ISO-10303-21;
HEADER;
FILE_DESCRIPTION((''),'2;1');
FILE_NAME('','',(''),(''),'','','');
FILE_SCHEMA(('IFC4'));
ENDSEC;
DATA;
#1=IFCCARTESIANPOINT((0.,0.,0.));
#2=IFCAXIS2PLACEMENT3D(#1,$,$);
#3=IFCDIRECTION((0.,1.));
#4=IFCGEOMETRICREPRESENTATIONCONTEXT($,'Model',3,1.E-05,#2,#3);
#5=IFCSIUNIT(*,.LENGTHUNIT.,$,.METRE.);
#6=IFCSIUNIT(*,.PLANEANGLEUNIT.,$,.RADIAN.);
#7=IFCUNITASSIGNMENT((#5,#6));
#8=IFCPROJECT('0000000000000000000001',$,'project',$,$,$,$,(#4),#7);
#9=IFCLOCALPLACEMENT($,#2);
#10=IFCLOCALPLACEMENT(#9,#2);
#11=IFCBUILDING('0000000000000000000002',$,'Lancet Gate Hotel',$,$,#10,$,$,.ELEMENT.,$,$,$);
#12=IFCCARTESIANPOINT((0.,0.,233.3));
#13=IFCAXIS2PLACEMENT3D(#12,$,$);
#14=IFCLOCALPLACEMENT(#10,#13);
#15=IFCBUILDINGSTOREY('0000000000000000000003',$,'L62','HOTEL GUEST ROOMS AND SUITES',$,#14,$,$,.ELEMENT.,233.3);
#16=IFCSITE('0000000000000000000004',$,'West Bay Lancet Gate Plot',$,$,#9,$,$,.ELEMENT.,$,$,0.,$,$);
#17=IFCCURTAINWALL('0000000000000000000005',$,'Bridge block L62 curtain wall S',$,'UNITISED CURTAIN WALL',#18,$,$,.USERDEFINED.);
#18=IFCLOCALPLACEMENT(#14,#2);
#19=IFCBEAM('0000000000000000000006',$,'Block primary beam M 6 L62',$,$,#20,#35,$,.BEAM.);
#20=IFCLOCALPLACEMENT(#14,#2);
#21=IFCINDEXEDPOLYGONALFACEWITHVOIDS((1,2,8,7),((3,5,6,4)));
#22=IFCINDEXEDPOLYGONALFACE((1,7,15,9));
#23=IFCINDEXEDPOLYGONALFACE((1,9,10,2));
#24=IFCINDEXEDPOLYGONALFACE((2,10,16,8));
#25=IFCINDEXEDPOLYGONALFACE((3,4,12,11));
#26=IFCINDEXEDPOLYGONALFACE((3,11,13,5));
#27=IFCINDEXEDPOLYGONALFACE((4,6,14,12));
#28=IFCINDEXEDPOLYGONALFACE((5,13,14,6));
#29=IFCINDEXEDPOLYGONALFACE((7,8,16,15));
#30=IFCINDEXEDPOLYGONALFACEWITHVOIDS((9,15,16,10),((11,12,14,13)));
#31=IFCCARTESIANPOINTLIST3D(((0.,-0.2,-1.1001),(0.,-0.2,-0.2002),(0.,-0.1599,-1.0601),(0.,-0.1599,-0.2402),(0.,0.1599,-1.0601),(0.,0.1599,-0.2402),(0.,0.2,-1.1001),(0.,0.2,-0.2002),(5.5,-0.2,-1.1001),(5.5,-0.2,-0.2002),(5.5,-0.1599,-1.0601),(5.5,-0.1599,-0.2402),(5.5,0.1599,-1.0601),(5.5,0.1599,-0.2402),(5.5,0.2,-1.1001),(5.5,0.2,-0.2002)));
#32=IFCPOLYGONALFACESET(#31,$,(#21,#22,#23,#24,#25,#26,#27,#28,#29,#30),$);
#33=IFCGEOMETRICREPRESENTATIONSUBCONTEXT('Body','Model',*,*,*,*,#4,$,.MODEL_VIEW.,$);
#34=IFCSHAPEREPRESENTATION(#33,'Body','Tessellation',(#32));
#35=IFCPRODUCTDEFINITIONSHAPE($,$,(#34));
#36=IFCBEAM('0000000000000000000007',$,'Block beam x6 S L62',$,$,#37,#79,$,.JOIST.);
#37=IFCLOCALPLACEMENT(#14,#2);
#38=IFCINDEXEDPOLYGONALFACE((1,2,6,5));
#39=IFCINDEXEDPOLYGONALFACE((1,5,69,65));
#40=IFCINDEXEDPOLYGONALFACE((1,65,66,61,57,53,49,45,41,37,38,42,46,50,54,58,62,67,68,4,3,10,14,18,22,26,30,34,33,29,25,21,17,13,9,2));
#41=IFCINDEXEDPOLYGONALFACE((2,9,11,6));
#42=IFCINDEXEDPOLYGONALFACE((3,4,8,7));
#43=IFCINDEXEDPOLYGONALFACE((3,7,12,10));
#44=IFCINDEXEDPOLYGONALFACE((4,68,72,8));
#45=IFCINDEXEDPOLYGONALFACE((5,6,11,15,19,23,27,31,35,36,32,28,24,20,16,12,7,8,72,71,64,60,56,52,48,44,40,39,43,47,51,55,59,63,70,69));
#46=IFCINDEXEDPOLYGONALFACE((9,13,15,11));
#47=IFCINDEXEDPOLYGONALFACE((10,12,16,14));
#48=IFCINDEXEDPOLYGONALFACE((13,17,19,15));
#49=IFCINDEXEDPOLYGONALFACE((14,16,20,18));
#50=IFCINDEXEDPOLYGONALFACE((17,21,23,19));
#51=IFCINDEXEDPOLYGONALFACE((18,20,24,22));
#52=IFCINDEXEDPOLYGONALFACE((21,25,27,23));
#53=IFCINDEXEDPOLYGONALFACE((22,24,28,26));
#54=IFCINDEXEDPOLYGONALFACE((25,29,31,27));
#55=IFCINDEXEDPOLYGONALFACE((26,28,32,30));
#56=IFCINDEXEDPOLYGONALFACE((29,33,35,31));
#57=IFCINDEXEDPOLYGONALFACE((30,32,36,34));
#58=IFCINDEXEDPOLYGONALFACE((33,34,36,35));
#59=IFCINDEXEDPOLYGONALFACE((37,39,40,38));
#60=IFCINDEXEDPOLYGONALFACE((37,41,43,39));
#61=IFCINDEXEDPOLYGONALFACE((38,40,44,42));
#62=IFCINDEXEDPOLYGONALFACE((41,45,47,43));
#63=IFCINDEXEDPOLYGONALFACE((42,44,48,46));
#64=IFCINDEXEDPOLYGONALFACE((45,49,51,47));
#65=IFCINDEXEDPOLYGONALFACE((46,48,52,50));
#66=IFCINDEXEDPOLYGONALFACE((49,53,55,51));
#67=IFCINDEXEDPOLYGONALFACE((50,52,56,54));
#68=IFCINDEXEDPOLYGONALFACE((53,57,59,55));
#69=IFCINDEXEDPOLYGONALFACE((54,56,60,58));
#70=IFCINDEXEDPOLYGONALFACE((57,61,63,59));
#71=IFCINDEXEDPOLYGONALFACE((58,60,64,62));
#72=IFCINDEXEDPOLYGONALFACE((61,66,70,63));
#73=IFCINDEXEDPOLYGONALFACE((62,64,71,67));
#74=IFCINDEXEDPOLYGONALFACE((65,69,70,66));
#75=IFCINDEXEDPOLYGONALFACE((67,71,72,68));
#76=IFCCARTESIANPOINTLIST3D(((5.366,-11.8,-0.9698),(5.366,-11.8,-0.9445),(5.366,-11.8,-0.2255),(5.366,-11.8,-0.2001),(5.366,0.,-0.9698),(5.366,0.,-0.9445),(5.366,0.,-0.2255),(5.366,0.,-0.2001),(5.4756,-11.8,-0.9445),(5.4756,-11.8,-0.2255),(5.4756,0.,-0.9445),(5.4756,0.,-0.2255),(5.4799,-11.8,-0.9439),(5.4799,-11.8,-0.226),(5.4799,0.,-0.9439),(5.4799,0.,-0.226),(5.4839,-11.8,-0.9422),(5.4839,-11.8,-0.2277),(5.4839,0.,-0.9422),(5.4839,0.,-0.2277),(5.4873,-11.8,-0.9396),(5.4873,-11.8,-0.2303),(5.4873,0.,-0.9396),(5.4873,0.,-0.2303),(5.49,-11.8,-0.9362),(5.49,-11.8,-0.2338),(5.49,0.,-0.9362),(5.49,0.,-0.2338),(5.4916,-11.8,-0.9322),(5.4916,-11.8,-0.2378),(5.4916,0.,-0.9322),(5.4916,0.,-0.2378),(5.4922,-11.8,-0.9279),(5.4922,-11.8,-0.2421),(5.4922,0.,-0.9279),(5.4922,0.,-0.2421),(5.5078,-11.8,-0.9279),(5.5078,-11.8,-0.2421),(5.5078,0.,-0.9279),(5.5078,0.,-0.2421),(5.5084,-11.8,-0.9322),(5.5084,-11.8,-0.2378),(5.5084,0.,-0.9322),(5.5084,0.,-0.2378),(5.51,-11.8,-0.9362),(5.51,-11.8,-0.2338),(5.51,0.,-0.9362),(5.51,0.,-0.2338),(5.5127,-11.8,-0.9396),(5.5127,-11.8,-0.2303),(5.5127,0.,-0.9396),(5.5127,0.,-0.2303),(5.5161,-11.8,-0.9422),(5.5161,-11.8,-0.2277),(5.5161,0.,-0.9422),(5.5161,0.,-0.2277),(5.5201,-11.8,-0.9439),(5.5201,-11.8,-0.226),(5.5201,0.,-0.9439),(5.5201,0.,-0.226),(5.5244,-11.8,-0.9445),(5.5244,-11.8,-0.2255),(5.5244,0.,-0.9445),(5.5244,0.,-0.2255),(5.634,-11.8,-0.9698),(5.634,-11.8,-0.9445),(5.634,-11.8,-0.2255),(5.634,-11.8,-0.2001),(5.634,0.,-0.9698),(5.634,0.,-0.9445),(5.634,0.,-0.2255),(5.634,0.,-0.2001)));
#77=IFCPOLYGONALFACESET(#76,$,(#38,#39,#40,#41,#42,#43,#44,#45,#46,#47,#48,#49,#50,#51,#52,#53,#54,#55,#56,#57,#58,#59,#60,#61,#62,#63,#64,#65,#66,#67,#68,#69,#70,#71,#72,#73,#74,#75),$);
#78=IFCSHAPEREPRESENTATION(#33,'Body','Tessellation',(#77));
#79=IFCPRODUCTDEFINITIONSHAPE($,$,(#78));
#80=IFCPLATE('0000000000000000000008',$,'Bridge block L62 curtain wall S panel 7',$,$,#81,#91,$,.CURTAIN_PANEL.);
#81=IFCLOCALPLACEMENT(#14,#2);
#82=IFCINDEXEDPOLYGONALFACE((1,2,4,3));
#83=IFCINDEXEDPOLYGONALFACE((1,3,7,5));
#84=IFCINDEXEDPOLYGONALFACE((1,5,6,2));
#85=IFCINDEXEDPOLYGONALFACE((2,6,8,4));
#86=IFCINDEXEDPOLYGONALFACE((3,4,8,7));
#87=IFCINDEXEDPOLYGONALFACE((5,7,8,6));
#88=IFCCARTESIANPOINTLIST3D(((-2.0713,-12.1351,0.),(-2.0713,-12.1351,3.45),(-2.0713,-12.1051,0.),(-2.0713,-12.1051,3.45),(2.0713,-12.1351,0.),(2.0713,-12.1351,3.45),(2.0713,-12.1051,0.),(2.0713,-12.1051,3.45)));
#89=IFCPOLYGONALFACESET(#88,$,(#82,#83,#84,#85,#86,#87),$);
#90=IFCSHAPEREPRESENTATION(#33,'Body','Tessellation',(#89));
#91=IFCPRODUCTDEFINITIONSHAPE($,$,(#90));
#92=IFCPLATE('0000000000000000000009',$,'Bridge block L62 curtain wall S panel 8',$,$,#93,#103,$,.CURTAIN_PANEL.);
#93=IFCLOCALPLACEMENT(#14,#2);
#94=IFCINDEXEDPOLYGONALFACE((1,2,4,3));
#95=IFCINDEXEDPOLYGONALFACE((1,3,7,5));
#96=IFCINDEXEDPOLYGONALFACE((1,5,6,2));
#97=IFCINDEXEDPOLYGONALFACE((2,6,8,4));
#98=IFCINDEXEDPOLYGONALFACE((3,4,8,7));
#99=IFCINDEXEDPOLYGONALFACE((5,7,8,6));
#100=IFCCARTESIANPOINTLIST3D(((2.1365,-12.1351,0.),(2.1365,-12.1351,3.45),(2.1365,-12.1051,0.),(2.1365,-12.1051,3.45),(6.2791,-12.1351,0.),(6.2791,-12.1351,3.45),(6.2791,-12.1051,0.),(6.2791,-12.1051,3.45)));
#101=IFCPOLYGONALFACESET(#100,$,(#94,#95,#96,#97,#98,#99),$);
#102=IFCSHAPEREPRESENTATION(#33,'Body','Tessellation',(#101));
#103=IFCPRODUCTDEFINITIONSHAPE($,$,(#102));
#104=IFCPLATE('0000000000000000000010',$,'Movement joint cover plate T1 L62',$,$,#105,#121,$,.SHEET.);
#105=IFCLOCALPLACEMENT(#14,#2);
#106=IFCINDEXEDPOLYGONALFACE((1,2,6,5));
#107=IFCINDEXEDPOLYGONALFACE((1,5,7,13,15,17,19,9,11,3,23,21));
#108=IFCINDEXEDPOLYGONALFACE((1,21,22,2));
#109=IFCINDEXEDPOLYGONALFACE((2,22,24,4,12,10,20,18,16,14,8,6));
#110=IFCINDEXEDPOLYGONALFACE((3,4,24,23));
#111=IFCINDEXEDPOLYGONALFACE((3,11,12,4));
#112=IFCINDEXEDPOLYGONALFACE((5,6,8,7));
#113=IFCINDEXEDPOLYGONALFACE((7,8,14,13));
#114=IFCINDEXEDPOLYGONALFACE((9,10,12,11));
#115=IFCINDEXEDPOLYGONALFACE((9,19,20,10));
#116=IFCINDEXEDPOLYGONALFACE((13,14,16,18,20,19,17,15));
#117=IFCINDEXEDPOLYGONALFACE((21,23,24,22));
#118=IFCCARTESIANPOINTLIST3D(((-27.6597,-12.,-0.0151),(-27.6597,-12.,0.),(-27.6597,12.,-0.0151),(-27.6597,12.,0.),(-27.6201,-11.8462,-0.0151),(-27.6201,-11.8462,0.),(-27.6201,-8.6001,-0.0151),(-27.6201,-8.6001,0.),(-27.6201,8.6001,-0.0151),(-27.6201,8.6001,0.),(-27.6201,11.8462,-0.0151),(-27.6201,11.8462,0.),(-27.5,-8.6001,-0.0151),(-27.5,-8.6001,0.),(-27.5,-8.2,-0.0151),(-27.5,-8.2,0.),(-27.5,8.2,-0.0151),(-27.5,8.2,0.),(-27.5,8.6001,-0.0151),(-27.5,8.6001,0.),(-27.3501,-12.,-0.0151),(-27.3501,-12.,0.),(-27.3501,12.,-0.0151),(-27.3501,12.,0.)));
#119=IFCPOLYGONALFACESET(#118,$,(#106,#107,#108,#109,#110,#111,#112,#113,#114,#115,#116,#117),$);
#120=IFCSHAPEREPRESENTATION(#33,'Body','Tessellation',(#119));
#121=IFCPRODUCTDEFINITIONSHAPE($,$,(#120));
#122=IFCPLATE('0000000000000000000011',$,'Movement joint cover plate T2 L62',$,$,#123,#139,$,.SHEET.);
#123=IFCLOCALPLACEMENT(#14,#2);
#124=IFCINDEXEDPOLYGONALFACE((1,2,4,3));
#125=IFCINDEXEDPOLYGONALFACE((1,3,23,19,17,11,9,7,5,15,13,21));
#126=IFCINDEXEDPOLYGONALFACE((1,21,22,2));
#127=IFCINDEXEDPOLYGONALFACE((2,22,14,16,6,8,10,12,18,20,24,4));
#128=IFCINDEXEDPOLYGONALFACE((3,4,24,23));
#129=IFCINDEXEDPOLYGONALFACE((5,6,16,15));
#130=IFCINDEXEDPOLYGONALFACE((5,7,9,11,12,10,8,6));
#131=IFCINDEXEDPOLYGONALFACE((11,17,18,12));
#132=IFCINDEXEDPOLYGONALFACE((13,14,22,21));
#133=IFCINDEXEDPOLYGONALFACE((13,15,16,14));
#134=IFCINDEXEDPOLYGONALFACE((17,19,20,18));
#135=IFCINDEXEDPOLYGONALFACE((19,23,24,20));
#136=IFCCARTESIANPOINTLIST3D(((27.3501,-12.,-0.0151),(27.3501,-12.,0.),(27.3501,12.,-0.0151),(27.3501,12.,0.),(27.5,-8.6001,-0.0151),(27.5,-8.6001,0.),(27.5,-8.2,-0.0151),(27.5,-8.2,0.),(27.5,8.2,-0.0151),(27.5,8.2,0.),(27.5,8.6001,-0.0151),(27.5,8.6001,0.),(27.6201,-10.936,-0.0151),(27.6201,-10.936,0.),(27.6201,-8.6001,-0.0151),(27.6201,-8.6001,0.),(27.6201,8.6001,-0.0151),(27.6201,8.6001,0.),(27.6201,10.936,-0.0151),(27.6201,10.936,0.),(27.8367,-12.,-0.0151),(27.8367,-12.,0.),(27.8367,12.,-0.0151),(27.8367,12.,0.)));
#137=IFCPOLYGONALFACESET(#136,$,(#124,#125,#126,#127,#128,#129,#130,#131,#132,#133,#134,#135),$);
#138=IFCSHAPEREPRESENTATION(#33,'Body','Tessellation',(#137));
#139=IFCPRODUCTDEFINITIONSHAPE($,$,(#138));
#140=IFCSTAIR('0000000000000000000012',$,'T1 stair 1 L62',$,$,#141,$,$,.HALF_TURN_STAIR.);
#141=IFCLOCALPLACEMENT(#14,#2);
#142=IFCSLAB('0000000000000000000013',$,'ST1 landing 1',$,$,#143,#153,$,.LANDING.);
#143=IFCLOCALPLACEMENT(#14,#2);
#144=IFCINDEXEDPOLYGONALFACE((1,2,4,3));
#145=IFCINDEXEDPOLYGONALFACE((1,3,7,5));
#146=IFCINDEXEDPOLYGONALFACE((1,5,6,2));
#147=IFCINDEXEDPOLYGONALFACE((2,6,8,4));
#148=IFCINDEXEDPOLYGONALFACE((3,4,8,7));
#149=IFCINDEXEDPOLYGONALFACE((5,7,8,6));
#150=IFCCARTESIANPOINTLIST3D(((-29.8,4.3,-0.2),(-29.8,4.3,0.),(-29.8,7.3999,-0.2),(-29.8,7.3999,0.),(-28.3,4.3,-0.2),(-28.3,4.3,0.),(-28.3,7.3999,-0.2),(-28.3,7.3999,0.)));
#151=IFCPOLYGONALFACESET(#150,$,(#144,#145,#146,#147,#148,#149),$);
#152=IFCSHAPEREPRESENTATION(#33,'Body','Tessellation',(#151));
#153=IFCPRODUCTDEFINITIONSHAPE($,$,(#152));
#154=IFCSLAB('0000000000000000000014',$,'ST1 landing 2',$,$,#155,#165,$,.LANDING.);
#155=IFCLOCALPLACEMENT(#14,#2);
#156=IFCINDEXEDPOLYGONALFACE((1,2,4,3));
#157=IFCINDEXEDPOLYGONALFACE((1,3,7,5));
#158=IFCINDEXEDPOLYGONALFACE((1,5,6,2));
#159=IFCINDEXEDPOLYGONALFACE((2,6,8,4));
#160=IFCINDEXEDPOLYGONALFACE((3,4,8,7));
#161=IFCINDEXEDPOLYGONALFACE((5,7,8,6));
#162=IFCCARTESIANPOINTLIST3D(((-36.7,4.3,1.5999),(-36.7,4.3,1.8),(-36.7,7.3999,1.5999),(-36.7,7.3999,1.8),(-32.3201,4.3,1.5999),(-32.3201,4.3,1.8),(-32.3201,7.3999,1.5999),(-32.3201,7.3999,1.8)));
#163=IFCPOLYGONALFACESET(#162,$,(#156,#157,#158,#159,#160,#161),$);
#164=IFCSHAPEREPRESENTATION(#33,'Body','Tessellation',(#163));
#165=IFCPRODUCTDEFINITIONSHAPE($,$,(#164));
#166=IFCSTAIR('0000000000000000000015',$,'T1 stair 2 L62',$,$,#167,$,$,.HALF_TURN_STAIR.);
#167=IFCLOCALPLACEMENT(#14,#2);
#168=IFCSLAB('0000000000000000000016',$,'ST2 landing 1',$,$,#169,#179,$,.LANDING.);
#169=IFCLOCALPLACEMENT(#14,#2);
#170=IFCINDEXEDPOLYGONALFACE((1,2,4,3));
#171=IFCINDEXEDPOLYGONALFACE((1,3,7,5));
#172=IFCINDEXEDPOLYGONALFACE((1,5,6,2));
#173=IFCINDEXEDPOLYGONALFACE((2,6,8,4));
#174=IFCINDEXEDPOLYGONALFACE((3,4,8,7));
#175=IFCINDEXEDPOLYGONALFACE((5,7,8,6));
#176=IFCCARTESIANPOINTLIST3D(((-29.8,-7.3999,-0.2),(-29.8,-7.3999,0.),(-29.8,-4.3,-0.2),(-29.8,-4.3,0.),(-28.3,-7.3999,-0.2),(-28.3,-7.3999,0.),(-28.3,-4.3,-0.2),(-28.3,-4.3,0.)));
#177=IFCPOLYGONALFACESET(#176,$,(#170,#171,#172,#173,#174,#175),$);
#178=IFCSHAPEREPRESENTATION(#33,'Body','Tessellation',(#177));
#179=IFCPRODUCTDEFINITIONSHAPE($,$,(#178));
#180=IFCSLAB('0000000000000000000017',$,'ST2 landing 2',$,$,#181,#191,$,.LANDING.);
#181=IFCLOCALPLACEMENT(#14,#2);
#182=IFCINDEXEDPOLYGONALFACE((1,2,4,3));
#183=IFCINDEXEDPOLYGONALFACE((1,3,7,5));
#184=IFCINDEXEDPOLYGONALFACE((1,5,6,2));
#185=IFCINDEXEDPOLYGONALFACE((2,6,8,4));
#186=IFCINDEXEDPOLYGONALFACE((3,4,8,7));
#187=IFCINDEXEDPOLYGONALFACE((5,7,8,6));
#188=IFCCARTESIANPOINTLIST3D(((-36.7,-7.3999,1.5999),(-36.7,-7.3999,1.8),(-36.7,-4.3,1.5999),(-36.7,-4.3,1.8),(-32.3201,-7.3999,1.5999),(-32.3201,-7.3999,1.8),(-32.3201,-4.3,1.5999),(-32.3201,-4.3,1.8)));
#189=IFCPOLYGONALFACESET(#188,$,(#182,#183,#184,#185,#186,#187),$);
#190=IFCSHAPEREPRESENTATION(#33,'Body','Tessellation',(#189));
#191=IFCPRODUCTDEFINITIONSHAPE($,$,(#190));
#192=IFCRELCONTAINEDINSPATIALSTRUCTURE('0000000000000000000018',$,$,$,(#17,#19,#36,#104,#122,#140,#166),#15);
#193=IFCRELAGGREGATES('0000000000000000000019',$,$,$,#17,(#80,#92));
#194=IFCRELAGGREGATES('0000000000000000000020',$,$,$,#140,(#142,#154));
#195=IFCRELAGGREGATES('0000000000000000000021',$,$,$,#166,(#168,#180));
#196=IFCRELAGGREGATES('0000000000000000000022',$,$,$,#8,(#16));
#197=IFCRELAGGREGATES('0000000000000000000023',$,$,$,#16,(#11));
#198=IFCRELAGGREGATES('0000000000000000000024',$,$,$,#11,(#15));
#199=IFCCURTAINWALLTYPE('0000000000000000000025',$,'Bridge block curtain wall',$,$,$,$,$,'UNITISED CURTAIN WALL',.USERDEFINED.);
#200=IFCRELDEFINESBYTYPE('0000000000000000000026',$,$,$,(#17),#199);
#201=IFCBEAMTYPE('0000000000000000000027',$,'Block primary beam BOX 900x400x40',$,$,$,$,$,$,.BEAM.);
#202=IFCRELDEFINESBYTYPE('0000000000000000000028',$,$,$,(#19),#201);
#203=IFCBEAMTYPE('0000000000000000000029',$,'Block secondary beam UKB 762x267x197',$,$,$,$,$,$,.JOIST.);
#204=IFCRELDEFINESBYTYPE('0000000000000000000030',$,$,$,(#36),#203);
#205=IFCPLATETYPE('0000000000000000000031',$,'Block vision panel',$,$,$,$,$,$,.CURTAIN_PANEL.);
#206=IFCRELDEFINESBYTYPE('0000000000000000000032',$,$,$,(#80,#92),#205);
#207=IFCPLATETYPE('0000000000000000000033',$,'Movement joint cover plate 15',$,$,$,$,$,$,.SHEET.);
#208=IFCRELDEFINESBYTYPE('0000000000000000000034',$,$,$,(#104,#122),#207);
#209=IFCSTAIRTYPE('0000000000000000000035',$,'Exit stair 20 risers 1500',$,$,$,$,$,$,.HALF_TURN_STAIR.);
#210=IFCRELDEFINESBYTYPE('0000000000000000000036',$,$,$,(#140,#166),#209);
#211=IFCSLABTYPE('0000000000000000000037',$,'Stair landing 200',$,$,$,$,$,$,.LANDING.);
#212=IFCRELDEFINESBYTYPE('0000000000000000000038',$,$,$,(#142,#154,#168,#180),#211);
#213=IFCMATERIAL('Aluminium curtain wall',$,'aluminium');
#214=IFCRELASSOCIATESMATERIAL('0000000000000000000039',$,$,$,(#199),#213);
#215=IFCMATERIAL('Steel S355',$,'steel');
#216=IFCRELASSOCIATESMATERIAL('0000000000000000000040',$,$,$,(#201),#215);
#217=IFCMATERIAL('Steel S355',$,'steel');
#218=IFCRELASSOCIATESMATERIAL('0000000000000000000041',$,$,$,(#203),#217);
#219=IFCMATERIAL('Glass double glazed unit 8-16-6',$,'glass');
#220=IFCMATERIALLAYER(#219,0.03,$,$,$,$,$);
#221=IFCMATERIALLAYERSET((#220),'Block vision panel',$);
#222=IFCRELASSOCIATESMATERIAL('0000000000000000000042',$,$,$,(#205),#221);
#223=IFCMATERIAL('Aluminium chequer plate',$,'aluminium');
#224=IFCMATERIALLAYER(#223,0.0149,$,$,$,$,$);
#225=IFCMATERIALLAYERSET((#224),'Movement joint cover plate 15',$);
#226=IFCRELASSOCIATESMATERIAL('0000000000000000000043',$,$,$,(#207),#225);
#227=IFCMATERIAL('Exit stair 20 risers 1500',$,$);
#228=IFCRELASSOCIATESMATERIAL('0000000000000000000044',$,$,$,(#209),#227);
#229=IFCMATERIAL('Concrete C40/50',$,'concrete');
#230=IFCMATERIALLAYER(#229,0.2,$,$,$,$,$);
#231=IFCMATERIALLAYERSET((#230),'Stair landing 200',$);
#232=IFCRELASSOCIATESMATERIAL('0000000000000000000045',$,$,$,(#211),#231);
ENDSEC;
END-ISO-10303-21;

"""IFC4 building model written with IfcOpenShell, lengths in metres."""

from ifc_helpers import new_model, si_unit, direction, frame, origin, origin_2d, place, context, subcontext, project, spatial, polyline, rectangle, hollow_rectangle, i_section, outline, extrude, material, layer, layer_set, material_profile, profile_set, type_object, element, aggregate, save


model = new_model("IFC4")

# Units and contexts
model_context = context("Model", 3, precision=1e-05, world=origin(), true_north=direction((0.0, 1.0)))
body_context = subcontext(model_context, "Body", "Model", "MODEL_VIEW")
ifc_project = project(units=[si_unit("LENGTHUNIT", "METRE"), si_unit("PLANEANGLEUNIT", "RADIAN")], contexts=[model_context])

# Site, building, storey
site_placement = place(None, origin())
site = spatial("IfcSite", under=ifc_project, at=site_placement, Name="West Bay Lancet Gate Plot", CompositionType="ELEMENT", RefElevation=0.0)
building_placement = place(site_placement, origin())
building = spatial("IfcBuilding", under=site, at=building_placement, Name="Lancet Gate Hotel", CompositionType="ELEMENT")
storey_placement = place(building_placement, frame((0.0, 0.0, 233.3)))
storey = spatial("IfcBuildingStorey", under=building, at=storey_placement, Name="L62", Description="HOTEL GUEST ROOMS AND SUITES", CompositionType="ELEMENT", Elevation=233.3)

# Curtain wall
ifc_material_1 = material(Name="Aluminium curtain wall", Category="aluminium")
curtain_wall_type = type_object("IfcCurtainWallType", Name="Bridge block curtain wall", ElementType="UNITISED CURTAIN WALL", PredefinedType="USERDEFINED", material=ifc_material_1)
curtain_wall_placement = place(storey_placement, origin())
curtain_wall = element("IfcCurtainWall", 1, at=curtain_wall_placement, inside=storey, type_object=curtain_wall_type, Name="Bridge block L62 curtain wall S", ObjectType="UNITISED CURTAIN WALL", PredefinedType="USERDEFINED")

# Beams
ifc_material_2 = material(Name="Steel S355", Category="steel")
ifc_material_profile_1 = material_profile(ifc_material_2, hollow_rectangle(XDim=0.3999, YDim=0.8999, WallThickness=0.04, at=origin_2d()), Name="BOX 900x400x40")
ifc_profile_set_1 = profile_set([ifc_material_profile_1], Name="Steel S355")
beam_type_1 = type_object("IfcBeamType", Name="Block primary beam BOX 900x400x40", PredefinedType="BEAM", material=ifc_profile_set_1)
for number, where, z_axis, x_axis, name in (
    (2, (0.0, 0.0, -0.6501), (1.0, 0.0, 0.0), (0.0, 1.0, 0.0), "Block primary beam M 6 L62"),
):
    element("IfcBeam", number, at=place(storey_placement, frame(where, z_axis=z_axis, x_axis=x_axis)), inside=storey, type_object=beam_type_1, Name=name, PredefinedType="BEAM", context=body_context, shape_type="SweptSolid", body=[
        extrude(hollow_rectangle(XDim=0.3999, YDim=0.8999, WallThickness=0.04, at=origin_2d()), origin(), (0.0, 0.0, 1.0), 5.5),
    ])
ifc_material_3 = material(Name="Steel S355", Category="steel")
ifc_material_profile_2 = material_profile(ifc_material_3, i_section(OverallWidth=0.2681, OverallDepth=0.7698, WebThickness=0.0156, FlangeThickness=0.0254, FilletRadius=0.0166, at=origin_2d()), Name="UKB 762x267x197")
ifc_profile_set_2 = profile_set([ifc_material_profile_2], Name="Steel S355")
beam_type_2 = type_object("IfcBeamType", Name="Block secondary beam UKB 762x267x197", PredefinedType="JOIST", material=ifc_profile_set_2)
beam_1_placement = place(storey_placement, frame((5.5, -11.8, -0.585), z_axis=(0.0, 1.0, 0.0), x_axis=(-1.0, 0.0, 0.0)))
element("IfcBeam", 3, at=beam_1_placement, inside=storey, type_object=beam_type_2, Name="Block beam x6 S L62", PredefinedType="JOIST", context=body_context, shape_type="SweptSolid", body=[
    extrude(i_section(OverallWidth=0.2681, OverallDepth=0.7698, WebThickness=0.0156, FlangeThickness=0.0254, FilletRadius=0.0166, at=origin_2d()), origin(), (0.0, 0.0, 1.0), 11.8),
])

# Plates
ifc_material_4 = material(Name="Glass double glazed unit 8-16-6", Category="glass")
ifc_layer_1 = layer(ifc_material_4, 0.03)
ifc_layer_set_1 = layer_set([ifc_layer_1], Name="Block vision panel")
plate_type_1 = type_object("IfcPlateType", Name="Block vision panel", PredefinedType="CURTAIN_PANEL", material=ifc_layer_set_1)
plate_1_placement = place(storey_placement, frame((0.0, -12.1201, 0.0), z_axis=(0.0, 0.0, 1.0), x_axis=(1.0, 0.0, 0.0)))
plate_1 = element("IfcPlate", 4, at=plate_1_placement, type_object=plate_type_1, Name="Bridge block L62 curtain wall S panel 7", PredefinedType="CURTAIN_PANEL", context=body_context, shape_type="SweptSolid", body=[
    extrude(rectangle(XDim=4.1426, YDim=0.03, at=origin_2d()), origin(), (0.0, 0.0, 1.0), 3.45),
])
plate_2_placement = place(storey_placement, frame((4.2078, -12.1201, 0.0), z_axis=(0.0, 0.0, 1.0), x_axis=(1.0, 0.0, 0.0)))
plate_2 = element("IfcPlate", 5, at=plate_2_placement, type_object=plate_type_1, Name="Bridge block L62 curtain wall S panel 8", PredefinedType="CURTAIN_PANEL", context=body_context, shape_type="SweptSolid", body=[
    extrude(rectangle(XDim=4.1426, YDim=0.03, at=origin_2d()), origin(), (0.0, 0.0, 1.0), 3.45),
])
aggregate(curtain_wall, [plate_1, plate_2])

# Plates
ifc_material_5 = material(Name="Aluminium chequer plate", Category="aluminium")
ifc_layer_2 = layer(ifc_material_5, 0.0149)
ifc_layer_set_2 = layer_set([ifc_layer_2], Name="Movement joint cover plate 15")
plate_type_2 = type_object("IfcPlateType", Name="Movement joint cover plate 15", PredefinedType="SHEET", material=ifc_layer_set_2)
plate_3_placement = place(storey_placement, frame((0.0, 0.0, -0.0151)))
element("IfcPlate", 6, at=plate_3_placement, inside=storey, type_object=plate_type_2, Name="Movement joint cover plate T1 L62", PredefinedType="SHEET", context=body_context, shape_type="SweptSolid", body=[
    extrude(outline(polyline([(-27.3501, 12.0), (-27.6597, 12.0), (-27.6201, 11.8462), (-27.6201, 8.6001), (-27.5, 8.6001), (-27.5, 8.2), (-27.5, -8.2), (-27.5, -8.6001), (-27.6201, -8.6001), (-27.6201, -11.8462), (-27.6597, -12.0), (-27.3501, -12.0), (-27.3501, 12.0)])), origin(), (0.0, 0.0, 1.0), 0.0151),
])
plate_4_placement = place(storey_placement, frame((0.0, 0.0, -0.0151)))
element("IfcPlate", 7, at=plate_4_placement, inside=storey, type_object=plate_type_2, Name="Movement joint cover plate T2 L62", PredefinedType="SHEET", context=body_context, shape_type="SweptSolid", body=[
    extrude(outline(polyline([(27.3501, -12.0), (27.8367, -12.0), (27.6201, -10.936), (27.6201, -8.6001), (27.5, -8.6001), (27.5, -8.2), (27.5, 8.2), (27.5, 8.6001), (27.6201, 8.6001), (27.6201, 10.936), (27.8367, 12.0), (27.3501, 12.0), (27.3501, -12.0)])), origin(), (0.0, 0.0, 1.0), 0.0151),
])

# Stairs, slabs
ifc_material_6 = material(Name="Exit stair 20 risers 1500")
stair_type = type_object("IfcStairType", Name="Exit stair 20 risers 1500", PredefinedType="HALF_TURN_STAIR", material=ifc_material_6)
stair_1_placement = place(storey_placement, origin())
stair_1 = element("IfcStair", 8, at=stair_1_placement, inside=storey, type_object=stair_type, Name="T1 stair 1 L62", PredefinedType="HALF_TURN_STAIR")
ifc_material_7 = material(Name="Concrete C40/50", Category="concrete")
ifc_layer_3 = layer(ifc_material_7, 0.2)
ifc_layer_set_3 = layer_set([ifc_layer_3], Name="Stair landing 200")
slab_type = type_object("IfcSlabType", Name="Stair landing 200", PredefinedType="LANDING", material=ifc_layer_set_3)
slab_1_placement = place(storey_placement, frame((0.0, 0.0, -0.2)))
slab_1 = element("IfcSlab", 9, at=slab_1_placement, type_object=slab_type, Name="ST1 landing 1", PredefinedType="LANDING", context=body_context, shape_type="SweptSolid", body=[
    extrude(outline(polyline([(-28.3, 7.3999), (-29.8, 7.3999), (-29.8, 4.3), (-28.3, 4.3), (-28.3, 7.3999)])), origin(), (0.0, 0.0, 1.0), 0.2),
])
slab_2_placement = place(storey_placement, frame((0.0, 0.0, 1.5999)))
slab_2 = element("IfcSlab", 10, at=slab_2_placement, type_object=slab_type, Name="ST1 landing 2", PredefinedType="LANDING", context=body_context, shape_type="SweptSolid", body=[
    extrude(outline(polyline([(-32.3201, 7.3999), (-36.7, 7.3999), (-36.7, 4.3), (-32.3201, 4.3), (-32.3201, 7.3999)])), origin(), (0.0, 0.0, 1.0), 0.2002),
])
aggregate(stair_1, [slab_1, slab_2])
stair_2_placement = place(storey_placement, origin())
stair_2 = element("IfcStair", 11, at=stair_2_placement, inside=storey, type_object=stair_type, Name="T1 stair 2 L62", PredefinedType="HALF_TURN_STAIR")
slab_3_placement = place(storey_placement, frame((0.0, 0.0, -0.2)))
slab_3 = element("IfcSlab", 12, at=slab_3_placement, type_object=slab_type, Name="ST2 landing 1", PredefinedType="LANDING", context=body_context, shape_type="SweptSolid", body=[
    extrude(outline(polyline([(-28.3, -4.3), (-29.8, -4.3), (-29.8, -7.3999), (-28.3, -7.3999), (-28.3, -4.3)])), origin(), (0.0, 0.0, 1.0), 0.2),
])
slab_4_placement = place(storey_placement, frame((0.0, 0.0, 1.5999)))
slab_4 = element("IfcSlab", 13, at=slab_4_placement, type_object=slab_type, Name="ST2 landing 2", PredefinedType="LANDING", context=body_context, shape_type="SweptSolid", body=[
    extrude(outline(polyline([(-32.3201, -4.3), (-36.7, -4.3), (-36.7, -7.3999), (-32.3201, -7.3999), (-32.3201, -4.3)])), origin(), (0.0, 0.0, 1.0), 0.2002),
])
aggregate(stair_2, [slab_3, slab_4])

save(model, "model.ifc")
